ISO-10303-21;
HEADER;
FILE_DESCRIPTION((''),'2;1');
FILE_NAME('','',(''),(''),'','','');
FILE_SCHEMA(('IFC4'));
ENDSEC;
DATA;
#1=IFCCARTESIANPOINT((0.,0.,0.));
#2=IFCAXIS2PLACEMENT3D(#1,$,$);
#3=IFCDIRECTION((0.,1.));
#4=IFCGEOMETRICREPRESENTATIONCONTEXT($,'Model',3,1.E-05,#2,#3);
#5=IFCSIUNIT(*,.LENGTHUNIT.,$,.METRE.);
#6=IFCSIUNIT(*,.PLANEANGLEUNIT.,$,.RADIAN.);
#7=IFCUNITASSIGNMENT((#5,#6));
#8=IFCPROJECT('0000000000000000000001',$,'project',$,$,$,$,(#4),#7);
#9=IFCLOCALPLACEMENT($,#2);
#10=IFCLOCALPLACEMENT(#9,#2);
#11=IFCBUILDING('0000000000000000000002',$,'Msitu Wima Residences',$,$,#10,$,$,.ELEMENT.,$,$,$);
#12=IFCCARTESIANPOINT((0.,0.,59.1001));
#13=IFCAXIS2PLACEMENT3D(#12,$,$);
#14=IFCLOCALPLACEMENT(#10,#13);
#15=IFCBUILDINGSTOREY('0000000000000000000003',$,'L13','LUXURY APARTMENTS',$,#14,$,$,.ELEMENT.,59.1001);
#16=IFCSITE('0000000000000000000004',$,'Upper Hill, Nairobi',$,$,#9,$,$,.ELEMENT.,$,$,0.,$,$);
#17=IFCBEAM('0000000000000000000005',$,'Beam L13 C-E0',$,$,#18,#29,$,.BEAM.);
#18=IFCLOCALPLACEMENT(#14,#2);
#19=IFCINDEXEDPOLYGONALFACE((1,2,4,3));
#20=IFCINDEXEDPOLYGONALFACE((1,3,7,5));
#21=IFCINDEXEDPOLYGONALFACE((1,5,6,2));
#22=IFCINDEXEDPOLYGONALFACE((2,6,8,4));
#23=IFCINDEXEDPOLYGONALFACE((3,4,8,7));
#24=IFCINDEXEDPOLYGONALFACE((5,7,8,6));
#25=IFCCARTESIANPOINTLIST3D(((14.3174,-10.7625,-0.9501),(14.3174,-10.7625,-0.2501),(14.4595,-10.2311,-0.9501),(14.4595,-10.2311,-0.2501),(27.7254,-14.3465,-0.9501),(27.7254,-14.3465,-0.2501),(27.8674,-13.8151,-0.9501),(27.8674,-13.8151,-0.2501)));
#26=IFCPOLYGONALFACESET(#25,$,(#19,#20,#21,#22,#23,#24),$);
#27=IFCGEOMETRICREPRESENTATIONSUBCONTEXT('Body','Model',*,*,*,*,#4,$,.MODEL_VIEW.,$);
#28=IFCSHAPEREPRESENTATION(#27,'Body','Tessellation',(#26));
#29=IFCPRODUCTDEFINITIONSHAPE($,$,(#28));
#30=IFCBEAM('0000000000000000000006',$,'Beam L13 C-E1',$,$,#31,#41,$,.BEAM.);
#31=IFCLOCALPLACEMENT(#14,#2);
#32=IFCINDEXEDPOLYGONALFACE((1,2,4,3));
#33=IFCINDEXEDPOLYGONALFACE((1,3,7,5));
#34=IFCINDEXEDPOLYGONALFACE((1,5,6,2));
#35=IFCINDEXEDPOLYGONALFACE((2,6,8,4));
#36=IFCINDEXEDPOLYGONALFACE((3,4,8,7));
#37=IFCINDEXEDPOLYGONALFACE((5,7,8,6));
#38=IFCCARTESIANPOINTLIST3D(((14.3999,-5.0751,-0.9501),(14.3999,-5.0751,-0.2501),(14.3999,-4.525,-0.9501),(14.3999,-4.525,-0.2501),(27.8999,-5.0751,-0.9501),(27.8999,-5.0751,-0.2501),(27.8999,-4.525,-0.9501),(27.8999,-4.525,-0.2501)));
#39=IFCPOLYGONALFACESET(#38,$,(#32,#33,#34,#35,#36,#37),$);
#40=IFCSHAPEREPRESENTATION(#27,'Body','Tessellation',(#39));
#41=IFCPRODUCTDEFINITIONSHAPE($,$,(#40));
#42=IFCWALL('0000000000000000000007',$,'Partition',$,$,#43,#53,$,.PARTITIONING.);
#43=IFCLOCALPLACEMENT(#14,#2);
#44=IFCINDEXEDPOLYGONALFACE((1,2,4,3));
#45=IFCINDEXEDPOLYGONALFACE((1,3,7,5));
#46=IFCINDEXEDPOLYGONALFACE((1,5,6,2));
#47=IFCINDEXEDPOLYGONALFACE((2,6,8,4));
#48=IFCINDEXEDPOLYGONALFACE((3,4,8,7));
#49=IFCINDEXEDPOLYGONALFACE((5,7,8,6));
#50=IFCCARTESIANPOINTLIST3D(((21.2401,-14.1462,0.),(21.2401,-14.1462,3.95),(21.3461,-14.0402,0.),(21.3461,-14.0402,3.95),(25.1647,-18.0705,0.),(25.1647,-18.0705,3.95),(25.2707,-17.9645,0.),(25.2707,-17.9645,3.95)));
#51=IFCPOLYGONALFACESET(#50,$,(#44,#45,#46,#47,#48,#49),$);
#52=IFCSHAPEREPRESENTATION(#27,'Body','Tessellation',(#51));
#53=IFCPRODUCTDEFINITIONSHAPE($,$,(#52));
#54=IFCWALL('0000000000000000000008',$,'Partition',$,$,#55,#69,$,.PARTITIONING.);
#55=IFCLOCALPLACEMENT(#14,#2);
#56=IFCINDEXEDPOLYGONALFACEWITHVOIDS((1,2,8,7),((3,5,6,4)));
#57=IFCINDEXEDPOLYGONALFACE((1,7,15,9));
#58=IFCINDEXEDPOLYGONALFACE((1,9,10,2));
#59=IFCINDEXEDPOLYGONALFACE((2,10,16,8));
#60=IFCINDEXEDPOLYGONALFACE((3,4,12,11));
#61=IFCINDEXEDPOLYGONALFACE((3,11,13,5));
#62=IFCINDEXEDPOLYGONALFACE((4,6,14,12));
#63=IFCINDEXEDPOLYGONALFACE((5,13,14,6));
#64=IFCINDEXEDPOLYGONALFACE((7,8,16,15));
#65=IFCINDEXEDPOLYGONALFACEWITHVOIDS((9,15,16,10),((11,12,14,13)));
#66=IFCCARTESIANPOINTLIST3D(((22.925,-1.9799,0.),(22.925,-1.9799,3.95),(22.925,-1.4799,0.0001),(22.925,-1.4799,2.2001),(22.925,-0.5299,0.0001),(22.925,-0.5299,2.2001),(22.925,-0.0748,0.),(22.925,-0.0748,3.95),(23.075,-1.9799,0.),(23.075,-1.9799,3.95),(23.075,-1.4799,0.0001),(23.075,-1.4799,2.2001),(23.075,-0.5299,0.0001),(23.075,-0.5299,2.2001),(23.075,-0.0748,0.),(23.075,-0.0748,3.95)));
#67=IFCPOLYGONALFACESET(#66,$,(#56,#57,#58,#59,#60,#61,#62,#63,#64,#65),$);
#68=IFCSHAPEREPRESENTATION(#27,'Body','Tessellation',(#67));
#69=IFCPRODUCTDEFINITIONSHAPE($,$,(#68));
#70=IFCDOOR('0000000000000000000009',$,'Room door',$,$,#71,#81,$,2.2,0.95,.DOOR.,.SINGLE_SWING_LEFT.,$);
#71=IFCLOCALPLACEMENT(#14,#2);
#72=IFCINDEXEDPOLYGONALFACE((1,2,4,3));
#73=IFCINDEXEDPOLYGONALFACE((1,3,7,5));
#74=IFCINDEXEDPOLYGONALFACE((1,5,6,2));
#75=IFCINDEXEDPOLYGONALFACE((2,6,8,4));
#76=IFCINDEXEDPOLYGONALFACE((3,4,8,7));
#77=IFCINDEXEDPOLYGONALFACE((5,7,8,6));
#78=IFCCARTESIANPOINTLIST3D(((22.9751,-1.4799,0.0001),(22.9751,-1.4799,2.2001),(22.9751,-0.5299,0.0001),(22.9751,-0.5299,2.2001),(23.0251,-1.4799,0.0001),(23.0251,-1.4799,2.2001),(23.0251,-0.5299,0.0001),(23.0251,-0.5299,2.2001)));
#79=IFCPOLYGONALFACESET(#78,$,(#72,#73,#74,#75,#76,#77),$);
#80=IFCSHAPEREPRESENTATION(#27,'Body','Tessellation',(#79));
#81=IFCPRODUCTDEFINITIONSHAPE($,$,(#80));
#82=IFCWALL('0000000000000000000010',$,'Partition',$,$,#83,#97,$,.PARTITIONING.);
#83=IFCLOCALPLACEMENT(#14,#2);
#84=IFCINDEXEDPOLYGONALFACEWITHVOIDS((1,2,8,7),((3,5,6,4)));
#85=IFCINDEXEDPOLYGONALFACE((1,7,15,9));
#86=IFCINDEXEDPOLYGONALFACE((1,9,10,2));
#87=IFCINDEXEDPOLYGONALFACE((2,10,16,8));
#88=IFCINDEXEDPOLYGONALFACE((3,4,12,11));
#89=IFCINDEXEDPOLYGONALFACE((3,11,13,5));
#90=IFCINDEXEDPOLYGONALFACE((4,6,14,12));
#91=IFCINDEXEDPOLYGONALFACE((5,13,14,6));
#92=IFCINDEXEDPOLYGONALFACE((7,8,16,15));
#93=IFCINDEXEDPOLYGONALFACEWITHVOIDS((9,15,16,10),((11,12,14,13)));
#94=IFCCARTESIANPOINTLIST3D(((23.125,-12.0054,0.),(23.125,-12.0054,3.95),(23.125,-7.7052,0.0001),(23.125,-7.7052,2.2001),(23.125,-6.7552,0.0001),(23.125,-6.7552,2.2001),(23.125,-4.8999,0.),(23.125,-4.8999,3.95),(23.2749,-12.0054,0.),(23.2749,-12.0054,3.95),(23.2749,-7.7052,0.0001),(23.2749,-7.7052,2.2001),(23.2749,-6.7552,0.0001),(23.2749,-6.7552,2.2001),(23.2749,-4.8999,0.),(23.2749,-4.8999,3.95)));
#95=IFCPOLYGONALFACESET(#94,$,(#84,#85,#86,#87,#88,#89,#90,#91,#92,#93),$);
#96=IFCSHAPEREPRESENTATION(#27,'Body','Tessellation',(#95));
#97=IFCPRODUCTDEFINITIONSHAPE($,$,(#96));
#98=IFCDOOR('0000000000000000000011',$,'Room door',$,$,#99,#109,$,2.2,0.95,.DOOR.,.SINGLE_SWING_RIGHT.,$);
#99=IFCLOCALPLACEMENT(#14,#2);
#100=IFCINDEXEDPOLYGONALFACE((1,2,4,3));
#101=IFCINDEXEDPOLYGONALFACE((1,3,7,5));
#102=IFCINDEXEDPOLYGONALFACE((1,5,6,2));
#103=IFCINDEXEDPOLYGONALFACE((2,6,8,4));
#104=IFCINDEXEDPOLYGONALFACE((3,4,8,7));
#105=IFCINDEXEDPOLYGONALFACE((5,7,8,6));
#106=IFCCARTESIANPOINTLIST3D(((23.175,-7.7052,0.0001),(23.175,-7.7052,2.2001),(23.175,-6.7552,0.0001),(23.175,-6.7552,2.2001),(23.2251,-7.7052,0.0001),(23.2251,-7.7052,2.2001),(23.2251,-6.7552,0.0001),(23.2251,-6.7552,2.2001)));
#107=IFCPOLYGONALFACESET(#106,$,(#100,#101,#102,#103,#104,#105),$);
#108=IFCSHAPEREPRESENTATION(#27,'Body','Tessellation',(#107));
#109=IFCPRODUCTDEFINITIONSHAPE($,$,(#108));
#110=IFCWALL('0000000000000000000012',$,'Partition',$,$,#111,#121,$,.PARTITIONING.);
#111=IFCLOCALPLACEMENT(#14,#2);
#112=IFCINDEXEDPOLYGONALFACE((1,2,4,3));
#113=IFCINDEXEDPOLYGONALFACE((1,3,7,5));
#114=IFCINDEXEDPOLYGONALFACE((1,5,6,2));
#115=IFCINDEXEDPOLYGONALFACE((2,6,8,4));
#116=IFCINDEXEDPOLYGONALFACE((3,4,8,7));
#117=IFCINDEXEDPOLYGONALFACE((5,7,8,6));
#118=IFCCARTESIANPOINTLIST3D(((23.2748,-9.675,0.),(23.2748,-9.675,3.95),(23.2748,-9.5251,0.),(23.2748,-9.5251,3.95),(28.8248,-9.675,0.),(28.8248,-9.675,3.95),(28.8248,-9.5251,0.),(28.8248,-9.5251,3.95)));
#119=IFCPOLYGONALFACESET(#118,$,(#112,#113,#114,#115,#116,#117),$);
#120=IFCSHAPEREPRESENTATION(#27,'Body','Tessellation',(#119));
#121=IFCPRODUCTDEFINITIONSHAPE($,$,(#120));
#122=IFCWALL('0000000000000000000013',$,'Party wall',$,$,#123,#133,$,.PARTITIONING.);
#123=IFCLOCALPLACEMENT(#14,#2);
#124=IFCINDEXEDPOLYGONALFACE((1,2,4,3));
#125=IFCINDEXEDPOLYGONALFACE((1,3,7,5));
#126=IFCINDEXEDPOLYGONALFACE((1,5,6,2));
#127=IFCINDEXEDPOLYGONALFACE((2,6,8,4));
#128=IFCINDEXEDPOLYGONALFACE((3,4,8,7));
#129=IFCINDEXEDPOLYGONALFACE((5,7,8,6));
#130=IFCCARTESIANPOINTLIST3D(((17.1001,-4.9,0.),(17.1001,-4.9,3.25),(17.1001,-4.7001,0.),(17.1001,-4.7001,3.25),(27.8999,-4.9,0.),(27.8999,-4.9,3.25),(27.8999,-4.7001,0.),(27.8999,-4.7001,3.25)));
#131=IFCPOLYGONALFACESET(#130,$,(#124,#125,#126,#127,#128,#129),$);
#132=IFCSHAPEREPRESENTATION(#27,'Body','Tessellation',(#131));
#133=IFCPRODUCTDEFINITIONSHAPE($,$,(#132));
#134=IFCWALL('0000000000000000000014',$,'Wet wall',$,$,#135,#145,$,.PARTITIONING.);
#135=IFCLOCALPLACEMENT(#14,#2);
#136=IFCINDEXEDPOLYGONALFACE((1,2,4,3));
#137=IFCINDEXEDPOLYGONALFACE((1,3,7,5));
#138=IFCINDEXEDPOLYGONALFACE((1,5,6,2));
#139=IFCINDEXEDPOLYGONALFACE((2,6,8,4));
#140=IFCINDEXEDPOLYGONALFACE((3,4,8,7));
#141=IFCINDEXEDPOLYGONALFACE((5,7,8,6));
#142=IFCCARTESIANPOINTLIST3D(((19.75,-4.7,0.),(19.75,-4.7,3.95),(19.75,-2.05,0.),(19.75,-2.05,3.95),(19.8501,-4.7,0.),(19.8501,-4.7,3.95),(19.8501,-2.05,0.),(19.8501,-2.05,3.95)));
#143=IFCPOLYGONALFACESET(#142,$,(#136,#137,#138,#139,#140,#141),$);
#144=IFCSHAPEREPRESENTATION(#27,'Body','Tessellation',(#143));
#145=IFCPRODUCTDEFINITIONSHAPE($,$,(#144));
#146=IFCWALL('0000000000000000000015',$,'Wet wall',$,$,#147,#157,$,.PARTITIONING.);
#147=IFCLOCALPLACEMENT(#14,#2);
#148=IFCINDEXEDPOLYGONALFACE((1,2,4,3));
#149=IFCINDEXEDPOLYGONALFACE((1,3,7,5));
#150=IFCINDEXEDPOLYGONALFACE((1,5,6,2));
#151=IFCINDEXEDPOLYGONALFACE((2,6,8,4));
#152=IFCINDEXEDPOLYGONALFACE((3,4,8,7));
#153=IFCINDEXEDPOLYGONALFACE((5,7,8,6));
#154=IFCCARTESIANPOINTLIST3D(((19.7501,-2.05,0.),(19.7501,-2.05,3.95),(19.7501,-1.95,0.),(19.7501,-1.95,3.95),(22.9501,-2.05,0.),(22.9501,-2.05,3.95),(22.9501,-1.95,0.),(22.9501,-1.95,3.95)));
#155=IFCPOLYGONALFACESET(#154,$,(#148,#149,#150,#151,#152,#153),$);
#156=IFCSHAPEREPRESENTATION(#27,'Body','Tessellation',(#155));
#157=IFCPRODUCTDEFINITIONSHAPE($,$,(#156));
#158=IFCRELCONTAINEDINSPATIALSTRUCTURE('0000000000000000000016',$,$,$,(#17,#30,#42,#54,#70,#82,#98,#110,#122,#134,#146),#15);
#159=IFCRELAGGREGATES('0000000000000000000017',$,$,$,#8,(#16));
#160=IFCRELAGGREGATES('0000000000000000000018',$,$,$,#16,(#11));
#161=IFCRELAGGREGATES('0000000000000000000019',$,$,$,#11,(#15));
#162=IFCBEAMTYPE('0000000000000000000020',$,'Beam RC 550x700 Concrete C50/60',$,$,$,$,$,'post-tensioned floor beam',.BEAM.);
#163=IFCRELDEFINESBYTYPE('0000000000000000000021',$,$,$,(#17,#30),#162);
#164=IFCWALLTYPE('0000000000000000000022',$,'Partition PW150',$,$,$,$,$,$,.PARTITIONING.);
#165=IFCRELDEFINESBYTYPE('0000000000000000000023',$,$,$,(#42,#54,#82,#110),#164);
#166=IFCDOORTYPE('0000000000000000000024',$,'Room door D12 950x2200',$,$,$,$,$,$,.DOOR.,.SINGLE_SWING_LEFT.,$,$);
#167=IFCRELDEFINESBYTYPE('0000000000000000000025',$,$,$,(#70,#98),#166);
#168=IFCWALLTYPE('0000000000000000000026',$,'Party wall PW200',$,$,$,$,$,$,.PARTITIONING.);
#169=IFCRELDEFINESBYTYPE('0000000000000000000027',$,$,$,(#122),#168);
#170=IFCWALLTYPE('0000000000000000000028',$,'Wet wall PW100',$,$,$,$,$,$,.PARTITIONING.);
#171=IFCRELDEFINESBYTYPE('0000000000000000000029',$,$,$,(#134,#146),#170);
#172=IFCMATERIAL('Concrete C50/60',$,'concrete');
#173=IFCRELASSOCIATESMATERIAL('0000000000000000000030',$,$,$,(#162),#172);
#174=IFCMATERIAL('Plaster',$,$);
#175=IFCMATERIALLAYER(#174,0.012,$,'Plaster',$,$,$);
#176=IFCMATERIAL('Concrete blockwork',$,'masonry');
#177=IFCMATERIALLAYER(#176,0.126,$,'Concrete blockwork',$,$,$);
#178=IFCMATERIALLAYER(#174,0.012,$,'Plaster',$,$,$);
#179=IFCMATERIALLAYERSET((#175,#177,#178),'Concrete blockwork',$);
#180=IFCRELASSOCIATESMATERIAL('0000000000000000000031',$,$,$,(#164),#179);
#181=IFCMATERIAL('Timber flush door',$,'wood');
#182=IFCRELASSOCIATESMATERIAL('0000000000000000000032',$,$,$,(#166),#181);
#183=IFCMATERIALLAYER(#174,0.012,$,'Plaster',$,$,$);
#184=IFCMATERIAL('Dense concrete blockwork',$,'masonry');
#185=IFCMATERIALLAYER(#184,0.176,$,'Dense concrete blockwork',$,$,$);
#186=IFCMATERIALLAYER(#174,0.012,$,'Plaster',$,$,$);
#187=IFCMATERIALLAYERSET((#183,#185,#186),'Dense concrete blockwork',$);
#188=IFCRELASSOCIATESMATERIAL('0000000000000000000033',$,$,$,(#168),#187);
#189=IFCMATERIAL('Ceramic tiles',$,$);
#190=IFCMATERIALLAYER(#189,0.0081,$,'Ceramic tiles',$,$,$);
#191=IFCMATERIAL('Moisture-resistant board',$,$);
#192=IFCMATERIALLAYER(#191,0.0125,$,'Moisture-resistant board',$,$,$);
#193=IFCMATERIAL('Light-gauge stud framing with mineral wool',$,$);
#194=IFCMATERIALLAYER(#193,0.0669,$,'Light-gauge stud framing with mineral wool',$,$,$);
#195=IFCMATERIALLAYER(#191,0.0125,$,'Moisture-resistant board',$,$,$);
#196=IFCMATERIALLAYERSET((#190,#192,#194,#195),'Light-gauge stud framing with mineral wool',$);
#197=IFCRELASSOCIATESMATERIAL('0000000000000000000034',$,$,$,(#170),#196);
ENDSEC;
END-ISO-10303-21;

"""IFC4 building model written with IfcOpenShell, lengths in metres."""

from ifc_helpers import new_model, si_unit, direction, frame, frame_2d, origin, origin_2d, place, context, subcontext, project, spatial, rectangle, extrude, material, layer, layer_set, material_profile, profile_set, type_object, element, fill, save


model = new_model("IFC4")

# Units and contexts
model_context = context("Model", 3, precision=1e-05, world=origin(), true_north=direction((0.0, 1.0)))
body_context = subcontext(model_context, "Body", "Model", "MODEL_VIEW")
ifc_project = project(units=[si_unit("LENGTHUNIT", "METRE"), si_unit("PLANEANGLEUNIT", "RADIAN")], contexts=[model_context])

# Site, building, storey
site_placement = place(None, origin())
site = spatial("IfcSite", under=ifc_project, at=site_placement, Name="Upper Hill, Nairobi", CompositionType="ELEMENT", RefElevation=0.0)
building_placement = place(site_placement, origin())
building = spatial("IfcBuilding", under=site, at=building_placement, Name="Msitu Wima Residences", CompositionType="ELEMENT")
storey_placement = place(building_placement, frame((0.0, 0.0, 59.1001)))
storey = spatial("IfcBuildingStorey", under=building, at=storey_placement, Name="L13", Description="LUXURY APARTMENTS", CompositionType="ELEMENT", Elevation=59.1001)

# Beams
ifc_material_1 = material(Name="Concrete C50/60", Category="concrete")
ifc_material_profile = material_profile(ifc_material_1, rectangle(XDim=0.55, YDim=0.7, at=origin_2d()), Name="RC 550x700")
ifc_profile_set = profile_set([ifc_material_profile], Name="Concrete C50/60")
beam_type = type_object("IfcBeamType", Name="Beam RC 550x700 Concrete C50/60", ElementType="post-tensioned floor beam", PredefinedType="BEAM", material=ifc_profile_set)
beam_1_placement = place(storey_placement, frame((27.7964, -14.0808, -0.6001), z_axis=(-0.966082, 0.258236, 0.0), x_axis=(-0.258236, -0.966082, 0.0)))
element("IfcBeam", 1, at=beam_1_placement, inside=storey, type_object=beam_type, Name="Beam L13 C-E0", PredefinedType="BEAM", context=body_context, shape_type="SweptSolid", body=[
    extrude(rectangle(XDim=0.55, YDim=0.7, at=origin_2d()), origin(), (0.0, 0.0, 1.0), 13.8787),
])
beam_2_placement = place(storey_placement, frame((27.8999, -4.8, -0.6001), z_axis=(-1.0, 0.0, 0.0), x_axis=(0.0, -1.0, 0.0)))
element("IfcBeam", 2, at=beam_2_placement, inside=storey, type_object=beam_type, Name="Beam L13 C-E1", PredefinedType="BEAM", context=body_context, shape_type="SweptSolid", body=[
    extrude(rectangle(XDim=0.55, YDim=0.7, at=origin_2d()), origin(), (0.0, 0.0, 1.0), 13.5),
])

# Wall
ifc_material_2 = material(Name="Plaster")
ifc_layer_1 = layer(ifc_material_2, 0.012, Name="Plaster")
ifc_material_3 = material(Name="Concrete blockwork", Category="masonry")
ifc_layer_2 = layer(ifc_material_3, 0.126, Name="Concrete blockwork")
ifc_layer_3 = layer(ifc_material_2, 0.012, Name="Plaster")
ifc_layer_set_1 = layer_set([ifc_layer_1, ifc_layer_2, ifc_layer_3], Name="Concrete blockwork")
wall_type_1 = type_object("IfcWallType", Name="Partition PW150", PredefinedType="PARTITIONING", material=ifc_layer_set_1)
wall_1_placement = place(storey_placement, frame((21.2932, -14.0933, 0.0), z_axis=(0.0, 0.0, 1.0), x_axis=(0.707129, -0.707085, 0.0)))
element("IfcWall", 3, at=wall_1_placement, inside=storey, type_object=wall_type_1, Name="Partition", PredefinedType="PARTITIONING", context=body_context, shape_type="SweptSolid", body=[
    extrude(rectangle(XDim=5.55, YDim=0.1499, at=frame_2d((2.7749, 0.0))), origin(), (0.0, 0.0, 1.0), 3.95),
])

# Walls, openings, doors
wall_2_placement = place(storey_placement, frame((23.0, -1.98, 0.0), z_axis=(0.0, 0.0, 1.0), x_axis=(0.0, 1.0, 0.0)))
wall_2 = element("IfcWall", 4, at=wall_2_placement, inside=storey, type_object=wall_type_1, Name="Partition", PredefinedType="PARTITIONING", context=body_context, shape_type="SweptSolid", body=[
    extrude(rectangle(XDim=1.905, YDim=0.1499, at=frame_2d((0.9526, 0.0))), origin(), (0.0, 0.0, 1.0), 3.95),
])
opening_1_placement = place(wall_2_placement, frame((0.5, 0.0, 0.0)))
opening_1 = element("IfcOpeningElement", 5, at=opening_1_placement, cuts=wall_2, PredefinedType="OPENING", context=body_context, shape_type="SweptSolid", body=[
    extrude(rectangle(XDim=0.95, YDim=2.2, at=frame_2d((0.4751, 1.1001))), frame((0.0, 0.085, 0.0), z_axis=(0.0, -1.0, 0.0), x_axis=(1.0, 0.0, 0.0)), (0.0, 0.0, 1.0), 0.1699),
])
ifc_material_4 = material(Name="Timber flush door", Category="wood")
door_type_1 = type_object("IfcDoorType", Name="Room door D12 950x2200", OperationType="SINGLE_SWING_LEFT", PredefinedType="DOOR", material=ifc_material_4)
door_1_placement = place(opening_1_placement, origin())
door_1 = element("IfcDoor", 6, at=door_1_placement, inside=storey, type_object=door_type_1, Name="Room door", OperationType="SINGLE_SWING_LEFT", OverallHeight=2.2, OverallWidth=0.95, PredefinedType="DOOR", context=body_context, shape_type="SweptSolid", body=[
    extrude(rectangle(XDim=0.95, YDim=2.2, at=frame_2d((0.4751, 1.1001))), frame((0.0, 0.0249, 0.0), z_axis=(0.0, -1.0, 0.0), x_axis=(1.0, 0.0, 0.0)), (0.0, 0.0, 1.0), 0.05),
])
fill(opening_1, door_1)
wall_3_placement = place(storey_placement, frame((23.2, -12.0054, 0.0), z_axis=(0.0, 0.0, 1.0), x_axis=(0.0, 1.0, 0.0)))
wall_3 = element("IfcWall", 7, at=wall_3_placement, inside=storey, type_object=wall_type_1, Name="Partition", PredefinedType="PARTITIONING", context=body_context, shape_type="SweptSolid", body=[
    extrude(rectangle(XDim=7.1055, YDim=0.1499, at=frame_2d((3.5527, 0.0))), origin(), (0.0, 0.0, 1.0), 3.95),
])
opening_2_placement = place(wall_3_placement, frame((4.3, 0.0, 0.0)))
opening_2 = element("IfcOpeningElement", 8, at=opening_2_placement, cuts=wall_3, PredefinedType="OPENING", context=body_context, shape_type="SweptSolid", body=[
    extrude(rectangle(XDim=0.95, YDim=2.2, at=frame_2d((0.4751, 1.1001))), frame((0.0, 0.085, 0.0), z_axis=(0.0, -1.0, 0.0), x_axis=(1.0, 0.0, 0.0)), (0.0, 0.0, 1.0), 0.1699),
])
door_2_placement = place(opening_2_placement, origin())
door_2 = element("IfcDoor", 9, at=door_2_placement, inside=storey, type_object=door_type_1, Name="Room door", OperationType="SINGLE_SWING_RIGHT", OverallHeight=2.2, OverallWidth=0.95, PredefinedType="DOOR", context=body_context, shape_type="SweptSolid", body=[
    extrude(rectangle(XDim=0.95, YDim=2.2, at=frame_2d((0.4751, 1.1001))), frame((0.0, 0.0249, 0.0), z_axis=(0.0, -1.0, 0.0), x_axis=(1.0, 0.0, 0.0)), (0.0, 0.0, 1.0), 0.05),
])
fill(opening_2, door_2)

# Walls
wall_4_placement = place(storey_placement, frame((23.2749, -9.6001, 0.0), z_axis=(0.0, 0.0, 1.0), x_axis=(1.0, 0.0, 0.0)))
element("IfcWall", 10, at=wall_4_placement, inside=storey, type_object=wall_type_1, Name="Partition", PredefinedType="PARTITIONING", context=body_context, shape_type="SweptSolid", body=[
    extrude(rectangle(XDim=5.55, YDim=0.1499, at=frame_2d((2.7749, 0.0))), origin(), (0.0, 0.0, 1.0), 3.95),
])
ifc_layer_4 = layer(ifc_material_2, 0.012, Name="Plaster")
ifc_material_5 = material(Name="Dense concrete blockwork", Category="masonry")
ifc_layer_5 = layer(ifc_material_5, 0.176, Name="Dense concrete blockwork")
ifc_layer_6 = layer(ifc_material_2, 0.012, Name="Plaster")
ifc_layer_set_2 = layer_set([ifc_layer_4, ifc_layer_5, ifc_layer_6], Name="Dense concrete blockwork")
wall_type_2 = type_object("IfcWallType", Name="Party wall PW200", PredefinedType="PARTITIONING", material=ifc_layer_set_2)
wall_5_placement = place(storey_placement, frame((17.1001, -4.8, 0.0), z_axis=(0.0, 0.0, 1.0), x_axis=(1.0, 0.0, 0.0)))
element("IfcWall", 11, at=wall_5_placement, inside=storey, type_object=wall_type_2, Name="Party wall", PredefinedType="PARTITIONING", context=body_context, shape_type="SweptSolid", body=[
    extrude(rectangle(XDim=10.7998, YDim=0.2, at=frame_2d((5.3999, 0.0))), origin(), (0.0, 0.0, 1.0), 3.25),
])
ifc_material_6 = material(Name="Ceramic tiles")
ifc_layer_7 = layer(ifc_material_6, 0.0081, Name="Ceramic tiles")
ifc_material_7 = material(Name="Moisture-resistant board")
ifc_layer_8 = layer(ifc_material_7, 0.0125, Name="Moisture-resistant board")
ifc_material_8 = material(Name="Light-gauge stud framing with mineral wool")
ifc_layer_9 = layer(ifc_material_8, 0.0669, Name="Light-gauge stud framing with mineral wool")
ifc_layer_10 = layer(ifc_material_7, 0.0125, Name="Moisture-resistant board")
ifc_layer_set_3 = layer_set([ifc_layer_7, ifc_layer_8, ifc_layer_9, ifc_layer_10], Name="Light-gauge stud framing with mineral wool")
wall_type_3 = type_object("IfcWallType", Name="Wet wall PW100", PredefinedType="PARTITIONING", material=ifc_layer_set_3)
wall_6_placement = place(storey_placement, frame((19.8, -4.7, 0.0), z_axis=(0.0, 0.0, 1.0), x_axis=(0.0, 1.0, 0.0)))
element("IfcWall", 12, at=wall_6_placement, inside=storey, type_object=wall_type_3, Name="Wet wall", PredefinedType="PARTITIONING", context=body_context, shape_type="SweptSolid", body=[
    extrude(rectangle(XDim=2.6499, YDim=0.1001, at=frame_2d((1.325, 0.0))), origin(), (0.0, 0.0, 1.0), 3.95),
])
wall_7_placement = place(storey_placement, frame((19.75, -2.0, 0.0), z_axis=(0.0, 0.0, 1.0), x_axis=(1.0, 0.0, 0.0)))
element("IfcWall", 13, at=wall_7_placement, inside=storey, type_object=wall_type_3, Name="Wet wall", PredefinedType="PARTITIONING", context=body_context, shape_type="SweptSolid", body=[
    extrude(rectangle(XDim=3.2, YDim=0.1001, at=frame_2d((1.6001, 0.0))), origin(), (0.0, 0.0, 1.0), 3.95),
])

save(model, "model.ifc")
